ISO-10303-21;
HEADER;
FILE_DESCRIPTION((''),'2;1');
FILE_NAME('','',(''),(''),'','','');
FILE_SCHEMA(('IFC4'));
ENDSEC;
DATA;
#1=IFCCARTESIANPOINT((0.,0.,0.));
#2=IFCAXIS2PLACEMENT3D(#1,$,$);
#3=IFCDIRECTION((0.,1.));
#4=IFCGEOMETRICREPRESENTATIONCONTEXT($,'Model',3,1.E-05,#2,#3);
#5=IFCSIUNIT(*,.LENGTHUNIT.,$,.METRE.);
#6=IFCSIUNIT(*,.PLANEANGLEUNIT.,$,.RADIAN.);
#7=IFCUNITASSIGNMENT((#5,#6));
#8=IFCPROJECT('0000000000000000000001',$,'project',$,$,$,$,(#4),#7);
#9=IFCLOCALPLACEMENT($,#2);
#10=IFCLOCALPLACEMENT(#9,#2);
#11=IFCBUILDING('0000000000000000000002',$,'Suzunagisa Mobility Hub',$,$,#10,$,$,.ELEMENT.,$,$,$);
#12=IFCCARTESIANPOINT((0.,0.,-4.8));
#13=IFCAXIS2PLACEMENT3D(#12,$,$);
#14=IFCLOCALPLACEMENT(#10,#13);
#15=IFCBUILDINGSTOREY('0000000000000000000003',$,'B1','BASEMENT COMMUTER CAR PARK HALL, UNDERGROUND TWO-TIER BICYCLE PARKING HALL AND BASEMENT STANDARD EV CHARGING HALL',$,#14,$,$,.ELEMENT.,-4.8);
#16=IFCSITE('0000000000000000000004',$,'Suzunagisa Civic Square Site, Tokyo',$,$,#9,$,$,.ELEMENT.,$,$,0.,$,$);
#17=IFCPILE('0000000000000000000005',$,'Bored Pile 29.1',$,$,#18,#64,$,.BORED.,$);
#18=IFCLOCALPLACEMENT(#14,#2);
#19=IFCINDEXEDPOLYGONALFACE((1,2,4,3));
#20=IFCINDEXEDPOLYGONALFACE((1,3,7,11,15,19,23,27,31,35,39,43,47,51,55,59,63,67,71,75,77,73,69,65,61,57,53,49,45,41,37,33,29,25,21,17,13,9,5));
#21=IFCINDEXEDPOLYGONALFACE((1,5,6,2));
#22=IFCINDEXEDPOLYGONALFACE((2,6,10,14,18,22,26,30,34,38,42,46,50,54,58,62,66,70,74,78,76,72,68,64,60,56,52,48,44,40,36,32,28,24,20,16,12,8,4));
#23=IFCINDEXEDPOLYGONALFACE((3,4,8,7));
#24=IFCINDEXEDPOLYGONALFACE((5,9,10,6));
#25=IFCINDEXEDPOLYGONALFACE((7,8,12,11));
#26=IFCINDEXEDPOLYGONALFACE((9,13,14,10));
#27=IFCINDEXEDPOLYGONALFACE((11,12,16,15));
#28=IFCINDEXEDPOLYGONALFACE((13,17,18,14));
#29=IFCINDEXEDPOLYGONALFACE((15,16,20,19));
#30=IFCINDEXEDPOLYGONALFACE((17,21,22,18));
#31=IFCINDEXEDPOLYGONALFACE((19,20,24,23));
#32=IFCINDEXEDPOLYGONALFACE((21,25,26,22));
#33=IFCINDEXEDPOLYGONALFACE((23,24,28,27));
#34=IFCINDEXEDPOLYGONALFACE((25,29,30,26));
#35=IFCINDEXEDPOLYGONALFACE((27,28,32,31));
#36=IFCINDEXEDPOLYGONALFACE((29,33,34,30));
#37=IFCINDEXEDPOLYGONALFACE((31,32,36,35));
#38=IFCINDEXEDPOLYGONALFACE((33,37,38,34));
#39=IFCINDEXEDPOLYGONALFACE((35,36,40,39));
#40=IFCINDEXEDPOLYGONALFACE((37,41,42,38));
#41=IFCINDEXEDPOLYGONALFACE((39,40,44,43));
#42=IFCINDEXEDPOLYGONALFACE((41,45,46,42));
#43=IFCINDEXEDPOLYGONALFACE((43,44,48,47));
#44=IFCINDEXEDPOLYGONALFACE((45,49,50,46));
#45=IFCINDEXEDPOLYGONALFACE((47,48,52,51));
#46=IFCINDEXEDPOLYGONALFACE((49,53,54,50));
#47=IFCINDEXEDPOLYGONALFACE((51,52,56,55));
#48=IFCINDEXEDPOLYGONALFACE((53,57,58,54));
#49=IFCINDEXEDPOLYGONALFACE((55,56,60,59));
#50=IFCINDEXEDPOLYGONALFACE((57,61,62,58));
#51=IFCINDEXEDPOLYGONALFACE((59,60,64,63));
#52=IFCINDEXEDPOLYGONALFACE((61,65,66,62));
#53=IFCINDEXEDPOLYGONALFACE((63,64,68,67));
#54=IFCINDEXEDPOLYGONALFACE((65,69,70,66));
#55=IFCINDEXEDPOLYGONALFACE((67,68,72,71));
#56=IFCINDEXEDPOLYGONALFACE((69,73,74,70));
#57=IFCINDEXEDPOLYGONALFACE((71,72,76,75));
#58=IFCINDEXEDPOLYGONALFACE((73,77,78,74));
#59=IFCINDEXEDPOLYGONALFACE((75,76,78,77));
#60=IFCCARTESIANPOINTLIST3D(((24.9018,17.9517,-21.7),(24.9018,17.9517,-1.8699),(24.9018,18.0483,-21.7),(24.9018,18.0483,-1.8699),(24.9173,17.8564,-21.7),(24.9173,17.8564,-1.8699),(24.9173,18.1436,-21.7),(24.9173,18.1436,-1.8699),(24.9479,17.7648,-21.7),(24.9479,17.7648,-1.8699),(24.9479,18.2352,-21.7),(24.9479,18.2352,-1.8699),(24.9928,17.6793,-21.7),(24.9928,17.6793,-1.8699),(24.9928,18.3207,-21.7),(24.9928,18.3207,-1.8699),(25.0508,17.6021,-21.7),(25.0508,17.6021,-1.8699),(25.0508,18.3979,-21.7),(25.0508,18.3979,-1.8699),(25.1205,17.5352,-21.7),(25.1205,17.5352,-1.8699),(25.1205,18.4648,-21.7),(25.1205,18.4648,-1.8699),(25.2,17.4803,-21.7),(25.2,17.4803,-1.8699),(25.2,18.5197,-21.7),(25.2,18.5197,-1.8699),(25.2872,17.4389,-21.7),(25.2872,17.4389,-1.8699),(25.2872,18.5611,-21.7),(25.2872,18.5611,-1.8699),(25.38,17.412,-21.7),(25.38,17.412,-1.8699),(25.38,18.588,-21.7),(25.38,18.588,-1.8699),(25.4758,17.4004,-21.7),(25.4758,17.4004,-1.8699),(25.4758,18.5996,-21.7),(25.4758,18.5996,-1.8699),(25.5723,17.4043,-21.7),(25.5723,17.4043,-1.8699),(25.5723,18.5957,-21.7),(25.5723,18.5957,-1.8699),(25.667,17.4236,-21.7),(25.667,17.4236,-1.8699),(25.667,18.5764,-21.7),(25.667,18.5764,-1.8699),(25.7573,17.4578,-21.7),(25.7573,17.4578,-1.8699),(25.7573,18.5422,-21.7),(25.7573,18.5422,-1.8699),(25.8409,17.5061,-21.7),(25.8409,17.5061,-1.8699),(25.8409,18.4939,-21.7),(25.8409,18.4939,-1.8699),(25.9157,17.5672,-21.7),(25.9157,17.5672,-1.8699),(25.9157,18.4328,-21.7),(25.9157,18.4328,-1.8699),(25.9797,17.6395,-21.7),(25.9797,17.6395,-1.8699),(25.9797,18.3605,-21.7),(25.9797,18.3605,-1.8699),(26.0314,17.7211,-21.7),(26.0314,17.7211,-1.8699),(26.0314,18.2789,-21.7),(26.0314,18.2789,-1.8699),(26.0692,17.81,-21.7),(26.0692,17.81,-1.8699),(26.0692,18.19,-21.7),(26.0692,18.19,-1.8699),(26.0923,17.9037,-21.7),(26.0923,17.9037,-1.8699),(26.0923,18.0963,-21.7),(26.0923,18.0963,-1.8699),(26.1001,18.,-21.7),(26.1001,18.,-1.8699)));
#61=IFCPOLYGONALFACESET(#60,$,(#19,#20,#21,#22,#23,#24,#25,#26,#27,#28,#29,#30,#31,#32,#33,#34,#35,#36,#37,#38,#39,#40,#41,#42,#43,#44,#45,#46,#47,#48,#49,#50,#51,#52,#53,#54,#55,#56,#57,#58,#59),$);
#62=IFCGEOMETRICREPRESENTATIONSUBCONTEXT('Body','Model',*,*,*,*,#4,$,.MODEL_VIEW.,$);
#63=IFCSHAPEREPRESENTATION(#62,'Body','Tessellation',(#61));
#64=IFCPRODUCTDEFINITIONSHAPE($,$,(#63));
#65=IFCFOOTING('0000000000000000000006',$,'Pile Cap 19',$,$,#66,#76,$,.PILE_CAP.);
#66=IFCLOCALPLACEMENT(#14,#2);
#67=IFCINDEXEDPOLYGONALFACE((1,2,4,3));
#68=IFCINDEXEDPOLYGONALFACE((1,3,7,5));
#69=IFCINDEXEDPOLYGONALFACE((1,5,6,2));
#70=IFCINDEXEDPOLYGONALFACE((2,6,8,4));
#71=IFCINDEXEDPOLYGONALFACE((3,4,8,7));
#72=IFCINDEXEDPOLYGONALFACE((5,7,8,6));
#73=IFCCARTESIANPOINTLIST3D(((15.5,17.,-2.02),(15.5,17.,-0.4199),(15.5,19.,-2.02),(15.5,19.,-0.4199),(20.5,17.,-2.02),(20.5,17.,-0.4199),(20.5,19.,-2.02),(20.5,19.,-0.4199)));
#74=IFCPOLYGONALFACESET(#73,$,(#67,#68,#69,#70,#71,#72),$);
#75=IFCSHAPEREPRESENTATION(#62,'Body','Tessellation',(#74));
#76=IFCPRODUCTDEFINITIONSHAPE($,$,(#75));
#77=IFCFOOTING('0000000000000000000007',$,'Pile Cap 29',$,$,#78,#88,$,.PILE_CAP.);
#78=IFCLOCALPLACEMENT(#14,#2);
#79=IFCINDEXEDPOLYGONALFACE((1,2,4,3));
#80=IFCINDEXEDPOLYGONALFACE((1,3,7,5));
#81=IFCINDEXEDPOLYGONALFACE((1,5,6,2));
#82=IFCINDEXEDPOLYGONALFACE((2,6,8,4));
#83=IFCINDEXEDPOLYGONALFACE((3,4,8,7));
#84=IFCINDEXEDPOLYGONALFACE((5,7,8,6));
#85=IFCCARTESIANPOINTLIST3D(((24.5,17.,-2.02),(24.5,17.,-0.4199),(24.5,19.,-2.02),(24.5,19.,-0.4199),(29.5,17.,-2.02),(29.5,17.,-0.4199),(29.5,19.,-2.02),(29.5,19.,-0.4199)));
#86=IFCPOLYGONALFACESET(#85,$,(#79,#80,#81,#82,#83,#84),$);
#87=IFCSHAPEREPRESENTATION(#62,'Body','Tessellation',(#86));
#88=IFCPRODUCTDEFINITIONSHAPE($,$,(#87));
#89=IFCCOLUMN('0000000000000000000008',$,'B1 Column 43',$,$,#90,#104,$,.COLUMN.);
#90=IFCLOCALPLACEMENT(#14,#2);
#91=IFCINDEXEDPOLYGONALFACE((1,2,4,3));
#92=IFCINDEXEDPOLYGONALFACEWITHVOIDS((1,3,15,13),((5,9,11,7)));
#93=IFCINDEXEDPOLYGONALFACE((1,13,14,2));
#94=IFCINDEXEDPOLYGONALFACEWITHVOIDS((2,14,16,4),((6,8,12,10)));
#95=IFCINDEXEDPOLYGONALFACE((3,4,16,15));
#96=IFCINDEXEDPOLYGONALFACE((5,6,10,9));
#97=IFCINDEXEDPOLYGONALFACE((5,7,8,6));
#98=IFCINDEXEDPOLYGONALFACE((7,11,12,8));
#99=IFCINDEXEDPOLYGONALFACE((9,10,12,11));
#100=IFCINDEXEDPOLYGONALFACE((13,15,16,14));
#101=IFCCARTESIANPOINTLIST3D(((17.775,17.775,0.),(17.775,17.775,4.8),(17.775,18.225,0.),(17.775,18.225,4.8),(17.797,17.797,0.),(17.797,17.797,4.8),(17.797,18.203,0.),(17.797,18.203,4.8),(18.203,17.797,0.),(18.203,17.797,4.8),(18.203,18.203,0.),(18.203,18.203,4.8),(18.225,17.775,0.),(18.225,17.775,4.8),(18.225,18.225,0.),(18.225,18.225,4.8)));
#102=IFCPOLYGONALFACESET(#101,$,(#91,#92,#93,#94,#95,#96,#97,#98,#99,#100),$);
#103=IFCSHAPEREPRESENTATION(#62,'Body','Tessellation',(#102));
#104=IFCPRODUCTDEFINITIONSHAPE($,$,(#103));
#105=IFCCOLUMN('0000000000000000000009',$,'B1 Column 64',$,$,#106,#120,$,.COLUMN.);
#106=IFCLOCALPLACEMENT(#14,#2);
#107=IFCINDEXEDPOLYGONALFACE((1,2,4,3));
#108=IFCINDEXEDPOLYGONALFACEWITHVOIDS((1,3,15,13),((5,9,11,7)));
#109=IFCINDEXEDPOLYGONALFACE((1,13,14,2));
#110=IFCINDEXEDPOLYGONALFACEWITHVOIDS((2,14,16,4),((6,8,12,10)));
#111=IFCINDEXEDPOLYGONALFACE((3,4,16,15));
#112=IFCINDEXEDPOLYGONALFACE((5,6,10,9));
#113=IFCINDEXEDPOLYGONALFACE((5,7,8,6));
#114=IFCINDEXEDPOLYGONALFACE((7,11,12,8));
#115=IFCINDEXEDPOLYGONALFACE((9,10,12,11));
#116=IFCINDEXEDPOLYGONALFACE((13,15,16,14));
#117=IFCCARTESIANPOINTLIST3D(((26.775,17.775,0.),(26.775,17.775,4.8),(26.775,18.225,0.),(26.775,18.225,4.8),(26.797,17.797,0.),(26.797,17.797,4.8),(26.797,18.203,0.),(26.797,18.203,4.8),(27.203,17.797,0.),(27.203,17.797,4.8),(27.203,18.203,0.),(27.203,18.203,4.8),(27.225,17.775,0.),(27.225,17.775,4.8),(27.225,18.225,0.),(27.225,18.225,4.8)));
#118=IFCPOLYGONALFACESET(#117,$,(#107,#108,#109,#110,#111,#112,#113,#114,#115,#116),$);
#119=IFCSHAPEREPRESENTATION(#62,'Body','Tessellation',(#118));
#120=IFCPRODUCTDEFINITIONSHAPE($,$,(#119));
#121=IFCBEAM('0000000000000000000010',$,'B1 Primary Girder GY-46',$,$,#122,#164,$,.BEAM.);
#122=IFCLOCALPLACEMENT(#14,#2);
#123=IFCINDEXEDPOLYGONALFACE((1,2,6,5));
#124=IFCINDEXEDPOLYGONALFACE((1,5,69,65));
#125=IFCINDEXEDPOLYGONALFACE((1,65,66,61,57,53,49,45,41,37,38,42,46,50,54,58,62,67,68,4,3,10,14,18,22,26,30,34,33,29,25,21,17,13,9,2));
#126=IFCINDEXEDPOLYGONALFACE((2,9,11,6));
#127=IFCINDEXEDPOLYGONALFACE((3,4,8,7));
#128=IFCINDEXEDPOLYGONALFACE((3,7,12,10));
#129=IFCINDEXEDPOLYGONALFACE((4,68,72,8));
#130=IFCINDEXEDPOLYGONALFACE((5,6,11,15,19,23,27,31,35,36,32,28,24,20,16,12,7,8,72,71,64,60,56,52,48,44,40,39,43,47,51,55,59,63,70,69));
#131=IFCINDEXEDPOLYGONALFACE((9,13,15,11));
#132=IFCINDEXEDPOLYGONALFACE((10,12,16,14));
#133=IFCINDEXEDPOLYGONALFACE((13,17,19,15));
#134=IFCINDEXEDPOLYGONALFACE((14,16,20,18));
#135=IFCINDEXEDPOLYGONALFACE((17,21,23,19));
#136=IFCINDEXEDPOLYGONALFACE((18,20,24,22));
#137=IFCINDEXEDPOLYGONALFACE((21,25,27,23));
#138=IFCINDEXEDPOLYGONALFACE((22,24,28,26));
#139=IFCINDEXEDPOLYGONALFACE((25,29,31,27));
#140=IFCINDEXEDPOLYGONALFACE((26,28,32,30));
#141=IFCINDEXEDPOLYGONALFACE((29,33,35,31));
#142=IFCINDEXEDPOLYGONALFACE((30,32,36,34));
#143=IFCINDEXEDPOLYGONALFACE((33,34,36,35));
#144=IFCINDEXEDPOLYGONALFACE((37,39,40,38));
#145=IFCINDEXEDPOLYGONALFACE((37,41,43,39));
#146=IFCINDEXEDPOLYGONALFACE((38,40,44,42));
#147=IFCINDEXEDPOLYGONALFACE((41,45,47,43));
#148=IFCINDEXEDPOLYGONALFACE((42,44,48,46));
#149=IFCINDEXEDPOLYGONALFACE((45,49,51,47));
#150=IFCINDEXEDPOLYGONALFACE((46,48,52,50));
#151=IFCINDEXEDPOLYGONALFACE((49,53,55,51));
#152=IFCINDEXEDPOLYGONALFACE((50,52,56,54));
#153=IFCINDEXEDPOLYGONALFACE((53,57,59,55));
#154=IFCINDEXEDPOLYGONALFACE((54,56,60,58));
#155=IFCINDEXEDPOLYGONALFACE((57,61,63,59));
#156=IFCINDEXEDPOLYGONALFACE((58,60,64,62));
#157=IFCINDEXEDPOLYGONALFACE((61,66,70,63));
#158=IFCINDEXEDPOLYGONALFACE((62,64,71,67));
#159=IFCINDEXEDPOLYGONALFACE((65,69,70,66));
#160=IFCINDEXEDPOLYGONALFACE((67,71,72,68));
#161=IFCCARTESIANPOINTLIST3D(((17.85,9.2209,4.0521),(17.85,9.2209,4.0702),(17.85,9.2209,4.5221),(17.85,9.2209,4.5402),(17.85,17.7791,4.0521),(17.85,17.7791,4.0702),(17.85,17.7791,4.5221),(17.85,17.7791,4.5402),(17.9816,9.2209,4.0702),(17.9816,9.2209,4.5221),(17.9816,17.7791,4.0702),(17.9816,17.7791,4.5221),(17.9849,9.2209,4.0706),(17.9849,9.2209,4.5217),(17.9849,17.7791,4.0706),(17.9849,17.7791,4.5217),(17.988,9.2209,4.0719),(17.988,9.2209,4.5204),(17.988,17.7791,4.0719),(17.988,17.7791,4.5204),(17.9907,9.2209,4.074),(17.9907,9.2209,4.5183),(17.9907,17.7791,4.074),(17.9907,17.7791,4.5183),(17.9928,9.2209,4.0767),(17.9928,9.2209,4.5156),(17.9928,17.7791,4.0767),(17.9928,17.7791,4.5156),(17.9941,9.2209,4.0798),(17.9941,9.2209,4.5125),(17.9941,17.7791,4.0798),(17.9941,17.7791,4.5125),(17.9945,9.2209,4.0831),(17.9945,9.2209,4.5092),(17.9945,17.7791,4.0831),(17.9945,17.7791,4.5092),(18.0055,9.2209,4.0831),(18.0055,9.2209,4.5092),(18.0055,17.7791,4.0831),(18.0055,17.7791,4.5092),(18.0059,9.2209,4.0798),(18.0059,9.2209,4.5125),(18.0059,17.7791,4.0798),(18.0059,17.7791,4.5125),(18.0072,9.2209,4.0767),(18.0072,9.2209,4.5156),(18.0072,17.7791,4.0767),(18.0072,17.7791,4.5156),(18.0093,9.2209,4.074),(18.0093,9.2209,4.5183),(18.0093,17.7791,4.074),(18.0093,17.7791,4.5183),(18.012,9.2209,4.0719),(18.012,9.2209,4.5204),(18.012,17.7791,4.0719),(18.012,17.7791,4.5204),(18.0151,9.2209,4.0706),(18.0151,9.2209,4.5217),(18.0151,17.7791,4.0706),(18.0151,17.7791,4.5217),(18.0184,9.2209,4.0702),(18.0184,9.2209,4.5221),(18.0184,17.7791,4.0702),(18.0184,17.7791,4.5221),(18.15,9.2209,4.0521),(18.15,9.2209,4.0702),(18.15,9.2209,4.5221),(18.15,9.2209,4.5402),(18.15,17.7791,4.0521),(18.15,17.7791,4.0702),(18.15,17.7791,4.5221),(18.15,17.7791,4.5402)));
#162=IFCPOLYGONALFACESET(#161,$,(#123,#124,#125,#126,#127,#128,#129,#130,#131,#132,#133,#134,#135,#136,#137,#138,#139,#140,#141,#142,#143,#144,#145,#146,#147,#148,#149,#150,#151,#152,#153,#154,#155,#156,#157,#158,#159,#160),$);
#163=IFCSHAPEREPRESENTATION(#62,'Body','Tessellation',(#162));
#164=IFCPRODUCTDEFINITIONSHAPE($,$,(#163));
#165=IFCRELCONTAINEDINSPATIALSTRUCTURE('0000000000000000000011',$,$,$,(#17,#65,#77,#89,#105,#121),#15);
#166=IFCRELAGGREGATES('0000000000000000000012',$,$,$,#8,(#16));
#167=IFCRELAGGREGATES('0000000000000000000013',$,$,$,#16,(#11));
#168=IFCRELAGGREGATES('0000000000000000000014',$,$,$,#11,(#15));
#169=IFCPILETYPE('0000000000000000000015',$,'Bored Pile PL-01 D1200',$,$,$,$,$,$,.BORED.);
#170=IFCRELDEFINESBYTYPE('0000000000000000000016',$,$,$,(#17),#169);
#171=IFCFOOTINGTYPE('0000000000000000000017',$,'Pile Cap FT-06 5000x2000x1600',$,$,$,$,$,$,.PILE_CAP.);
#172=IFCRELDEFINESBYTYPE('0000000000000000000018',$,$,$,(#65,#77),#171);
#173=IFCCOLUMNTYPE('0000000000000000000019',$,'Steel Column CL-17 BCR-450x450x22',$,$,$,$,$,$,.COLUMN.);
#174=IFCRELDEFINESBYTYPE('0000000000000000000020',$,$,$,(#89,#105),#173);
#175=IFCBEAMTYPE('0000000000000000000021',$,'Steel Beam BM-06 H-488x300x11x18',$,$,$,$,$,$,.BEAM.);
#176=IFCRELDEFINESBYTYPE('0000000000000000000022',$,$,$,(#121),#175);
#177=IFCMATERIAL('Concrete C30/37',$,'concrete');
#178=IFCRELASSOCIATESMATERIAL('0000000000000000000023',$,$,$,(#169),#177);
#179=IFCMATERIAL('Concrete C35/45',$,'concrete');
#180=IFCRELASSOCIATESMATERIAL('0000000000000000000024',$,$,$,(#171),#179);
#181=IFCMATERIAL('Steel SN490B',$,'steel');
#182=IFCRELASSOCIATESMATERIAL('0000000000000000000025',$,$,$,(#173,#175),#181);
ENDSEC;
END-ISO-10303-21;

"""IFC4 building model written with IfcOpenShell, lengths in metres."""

from ifc_helpers import new_model, si_unit, direction, frame, origin, origin_2d, place, context, subcontext, project, spatial, rectangle, hollow_rectangle, circle, i_section, extrude, material, material_profile, profile_set, type_object, element, save


model = new_model("IFC4")

# Units and contexts
model_context = context("Model", 3, precision=1e-05, world=origin(), true_north=direction((0.0, 1.0)))
body_context = subcontext(model_context, "Body", "Model", "MODEL_VIEW")
ifc_project = project(units=[si_unit("LENGTHUNIT", "METRE"), si_unit("PLANEANGLEUNIT", "RADIAN")], contexts=[model_context])

# Site, building, storey
site_placement = place(None, origin())
site = spatial("IfcSite", under=ifc_project, at=site_placement, Name="Suzunagisa Civic Square Site, Tokyo", CompositionType="ELEMENT", RefElevation=0.0)
building_placement = place(site_placement, origin())
building = spatial("IfcBuilding", under=site, at=building_placement, Name="Suzunagisa Mobility Hub", CompositionType="ELEMENT")
storey_placement = place(building_placement, frame((0.0, 0.0, -4.8)))
storey = spatial("IfcBuildingStorey", under=building, at=storey_placement, Name="B1", Description="BASEMENT COMMUTER CAR PARK HALL, UNDERGROUND TWO-TIER BICYCLE PARKING HALL AND BASEMENT STANDARD EV CHARGING HALL", CompositionType="ELEMENT", Elevation=-4.8)

# Pile
ifc_material_1 = material(Name="Concrete C30/37", Category="concrete")
ifc_material_profile_1 = material_profile(ifc_material_1, circle(Radius=0.6001, at=origin_2d()), Name="BORED PILE D1200")
ifc_profile_set_1 = profile_set([ifc_material_profile_1], Name="Concrete C30/37")
pile_type = type_object("IfcPileType", Name="Bored Pile PL-01 D1200", PredefinedType="BORED", material=ifc_profile_set_1)
pile_1_placement = place(storey_placement, frame((25.5, 18.0, -1.8699), z_axis=(0.0, 0.0, -1.0), x_axis=(1.0, 0.0, 0.0)))
element("IfcPile", 1, at=pile_1_placement, inside=storey, type_object=pile_type, Name="Bored Pile 29.1", PredefinedType="BORED", context=body_context, shape_type="SweptSolid", body=[
    extrude(circle(Radius=0.6001, at=origin_2d()), origin(), (0.0, 0.0, 1.0), 19.8301),
])

# Footings
ifc_material_2 = material(Name="Concrete C35/45", Category="concrete")
footing_type = type_object("IfcFootingType", Name="Pile Cap FT-06 5000x2000x1600", PredefinedType="PILE_CAP", material=ifc_material_2)
for number, where, z_axis, x_axis, name in (
    (2, (18.0, 18.0, -2.02), (0.0, 0.0, 1.0), (1.0, 0.0, 0.0), "Pile Cap 19"),
    (3, (27.0, 18.0, -2.02), (0.0, 0.0, 1.0), (1.0, 0.0, 0.0), "Pile Cap 29"),
):
    element("IfcFooting", number, at=place(storey_placement, frame(where, z_axis=z_axis, x_axis=x_axis)), inside=storey, type_object=footing_type, Name=name, PredefinedType="PILE_CAP", context=body_context, shape_type="SweptSolid", body=[
        extrude(rectangle(XDim=5.0, YDim=2.0, at=origin_2d()), origin(), (0.0, 0.0, 1.0), 1.6001),
    ])

# Columns
ifc_material_3 = material(Name="Steel SN490B", Category="steel")
ifc_material_profile_2 = material_profile(ifc_material_3, hollow_rectangle(XDim=0.45, YDim=0.45, WallThickness=0.022, at=origin_2d()), Name="BCR-450x450x22")
ifc_profile_set_2 = profile_set([ifc_material_profile_2], Name="Steel SN490B")
column_type = type_object("IfcColumnType", Name="Steel Column CL-17 BCR-450x450x22", PredefinedType="COLUMN", material=ifc_profile_set_2)
for number, where, z_axis, x_axis, name in (
    (4, (18.0, 18.0, 0.0), (0.0, 0.0, 1.0), (1.0, 0.0, 0.0), "B1 Column 43"),
    (5, (27.0, 18.0, 0.0), (0.0, 0.0, 1.0), (1.0, 0.0, 0.0), "B1 Column 64"),
):
    element("IfcColumn", number, at=place(storey_placement, frame(where, z_axis=z_axis, x_axis=x_axis)), inside=storey, type_object=column_type, Name=name, PredefinedType="COLUMN", context=body_context, shape_type="SweptSolid", body=[
        extrude(hollow_rectangle(XDim=0.45, YDim=0.45, WallThickness=0.022, at=origin_2d()), origin(), (0.0, 0.0, 1.0), 4.8),
    ])

# Beam
ifc_material_profile_3 = material_profile(ifc_material_3, i_section(OverallWidth=0.3, OverallDepth=0.488, WebThickness=0.011, FlangeThickness=0.0181, FilletRadius=0.0129, at=origin_2d()), Name="H-488x300x11x18")
ifc_profile_set_3 = profile_set([ifc_material_profile_3], Name="Steel SN490B")
beam_type_1 = type_object("IfcBeamType", Name="Steel Beam BM-06 H-488x300x11x18", PredefinedType="BEAM", material=ifc_profile_set_3)
for number, where, z_axis, x_axis, name in (
    (6, (18.0, 9.2209, 4.2961), (0.0, 1.0, 0.0), (-1.0, 0.0, 0.0), "B1 Primary Girder GY-46"),
):
    element("IfcBeam", number, at=place(storey_placement, frame(where, z_axis=z_axis, x_axis=x_axis)), inside=storey, type_object=beam_type_1, Name=name, PredefinedType="BEAM", context=body_context, shape_type="SweptSolid", body=[
        extrude(i_section(OverallWidth=0.3, OverallDepth=0.488, WebThickness=0.011, FlangeThickness=0.0181, FilletRadius=0.0129, at=origin_2d()), origin(), (0.0, 0.0, 1.0), 8.5581),
    ])

save(model, "model.ifc")
